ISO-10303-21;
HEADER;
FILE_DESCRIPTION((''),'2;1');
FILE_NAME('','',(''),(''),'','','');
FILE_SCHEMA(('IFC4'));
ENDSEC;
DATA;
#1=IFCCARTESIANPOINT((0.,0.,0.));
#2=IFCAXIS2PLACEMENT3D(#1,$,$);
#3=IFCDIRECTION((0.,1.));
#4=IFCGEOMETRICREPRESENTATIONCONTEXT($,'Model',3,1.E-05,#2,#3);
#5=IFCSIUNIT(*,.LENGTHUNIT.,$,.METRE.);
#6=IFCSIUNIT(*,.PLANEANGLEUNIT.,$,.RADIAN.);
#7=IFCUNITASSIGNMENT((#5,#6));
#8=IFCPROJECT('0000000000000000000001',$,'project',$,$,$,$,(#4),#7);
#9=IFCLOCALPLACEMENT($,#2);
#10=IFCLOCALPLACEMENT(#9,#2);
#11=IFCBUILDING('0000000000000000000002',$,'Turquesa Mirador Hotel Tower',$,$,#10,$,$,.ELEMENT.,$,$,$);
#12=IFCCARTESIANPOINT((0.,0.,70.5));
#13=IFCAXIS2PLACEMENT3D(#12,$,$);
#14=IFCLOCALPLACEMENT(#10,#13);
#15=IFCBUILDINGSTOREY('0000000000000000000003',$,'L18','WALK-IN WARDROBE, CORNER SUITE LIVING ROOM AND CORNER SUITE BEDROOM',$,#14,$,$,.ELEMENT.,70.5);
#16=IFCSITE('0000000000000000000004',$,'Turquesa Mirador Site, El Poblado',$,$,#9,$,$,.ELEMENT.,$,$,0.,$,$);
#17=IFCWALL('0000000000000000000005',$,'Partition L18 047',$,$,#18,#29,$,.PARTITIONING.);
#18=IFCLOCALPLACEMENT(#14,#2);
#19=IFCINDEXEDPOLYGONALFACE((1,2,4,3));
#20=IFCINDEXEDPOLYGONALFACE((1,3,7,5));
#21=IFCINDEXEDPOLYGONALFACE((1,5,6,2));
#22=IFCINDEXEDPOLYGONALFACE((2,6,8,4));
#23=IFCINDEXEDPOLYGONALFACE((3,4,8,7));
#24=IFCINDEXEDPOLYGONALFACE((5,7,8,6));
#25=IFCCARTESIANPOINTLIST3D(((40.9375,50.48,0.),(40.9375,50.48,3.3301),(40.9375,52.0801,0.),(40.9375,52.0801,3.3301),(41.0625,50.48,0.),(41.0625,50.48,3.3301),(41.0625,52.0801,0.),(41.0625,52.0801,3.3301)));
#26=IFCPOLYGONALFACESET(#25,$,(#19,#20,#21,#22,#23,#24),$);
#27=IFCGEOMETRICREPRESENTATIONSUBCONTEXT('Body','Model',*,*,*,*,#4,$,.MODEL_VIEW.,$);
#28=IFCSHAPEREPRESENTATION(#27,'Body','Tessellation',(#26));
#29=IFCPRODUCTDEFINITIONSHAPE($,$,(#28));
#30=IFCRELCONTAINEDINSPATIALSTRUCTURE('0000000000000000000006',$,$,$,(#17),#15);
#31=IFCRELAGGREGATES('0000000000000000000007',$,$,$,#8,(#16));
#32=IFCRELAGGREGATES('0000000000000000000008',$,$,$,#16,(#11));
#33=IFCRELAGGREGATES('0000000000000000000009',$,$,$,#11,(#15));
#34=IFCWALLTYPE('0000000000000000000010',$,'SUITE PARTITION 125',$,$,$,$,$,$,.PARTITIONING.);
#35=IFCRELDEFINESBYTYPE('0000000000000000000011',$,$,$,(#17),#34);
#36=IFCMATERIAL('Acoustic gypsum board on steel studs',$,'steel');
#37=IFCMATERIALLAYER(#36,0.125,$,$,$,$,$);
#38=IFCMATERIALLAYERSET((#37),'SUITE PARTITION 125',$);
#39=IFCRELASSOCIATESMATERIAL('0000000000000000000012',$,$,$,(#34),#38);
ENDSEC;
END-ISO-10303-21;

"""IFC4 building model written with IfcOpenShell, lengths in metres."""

from ifc_helpers import new_model, si_unit, direction, frame, frame_2d, origin, place, context, subcontext, project, spatial, rectangle, extrude, material, layer, layer_set, type_object, element, save


model = new_model("IFC4")

# Units and contexts
model_context = context("Model", 3, precision=1e-05, world=origin(), true_north=direction((0.0, 1.0)))
body_context = subcontext(model_context, "Body", "Model", "MODEL_VIEW")
ifc_project = project(units=[si_unit("LENGTHUNIT", "METRE"), si_unit("PLANEANGLEUNIT", "RADIAN")], contexts=[model_context])

# Site, building, storey
site_placement = place(None, origin())
site = spatial("IfcSite", under=ifc_project, at=site_placement, Name="Turquesa Mirador Site, El Poblado", CompositionType="ELEMENT", RefElevation=0.0)
building_placement = place(site_placement, origin())
building = spatial("IfcBuilding", under=site, at=building_placement, Name="Turquesa Mirador Hotel Tower", CompositionType="ELEMENT")
storey_placement = place(building_placement, frame((0.0, 0.0, 70.5)))
storey = spatial("IfcBuildingStorey", under=building, at=storey_placement, Name="L18", Description="WALK-IN WARDROBE, CORNER SUITE LIVING ROOM AND CORNER SUITE BEDROOM", CompositionType="ELEMENT", Elevation=70.5)

# Shared definitions
ifc_material_1 = material(Name="Acoustic gypsum board on steel studs", Category="steel")
ifc_layer_1 = layer(ifc_material_1, 0.125)
ifc_layer_set_1 = layer_set([ifc_layer_1], Name="SUITE PARTITION 125")
wall_type_1 = type_object("IfcWallType", Name="SUITE PARTITION 125", PredefinedType="PARTITIONING", material=ifc_layer_set_1)

# Wall
wall_1_placement = place(storey_placement, frame((41.0, 50.48, 0.0), z_axis=(0.0, 0.0, 1.0), x_axis=(0.0, 1.0, 0.0)))
element("IfcWall", 1, at=wall_1_placement, inside=storey, type_object=wall_type_1, Name="Partition L18 047", PredefinedType="PARTITIONING", context=body_context, shape_type="SweptSolid", body=[
    extrude(rectangle(XDim=1.6001, YDim=0.125, at=frame_2d((0.8, 0.0))), origin(), (0.0, 0.0, 1.0), 3.3301),
])

save(model, "model.ifc")
